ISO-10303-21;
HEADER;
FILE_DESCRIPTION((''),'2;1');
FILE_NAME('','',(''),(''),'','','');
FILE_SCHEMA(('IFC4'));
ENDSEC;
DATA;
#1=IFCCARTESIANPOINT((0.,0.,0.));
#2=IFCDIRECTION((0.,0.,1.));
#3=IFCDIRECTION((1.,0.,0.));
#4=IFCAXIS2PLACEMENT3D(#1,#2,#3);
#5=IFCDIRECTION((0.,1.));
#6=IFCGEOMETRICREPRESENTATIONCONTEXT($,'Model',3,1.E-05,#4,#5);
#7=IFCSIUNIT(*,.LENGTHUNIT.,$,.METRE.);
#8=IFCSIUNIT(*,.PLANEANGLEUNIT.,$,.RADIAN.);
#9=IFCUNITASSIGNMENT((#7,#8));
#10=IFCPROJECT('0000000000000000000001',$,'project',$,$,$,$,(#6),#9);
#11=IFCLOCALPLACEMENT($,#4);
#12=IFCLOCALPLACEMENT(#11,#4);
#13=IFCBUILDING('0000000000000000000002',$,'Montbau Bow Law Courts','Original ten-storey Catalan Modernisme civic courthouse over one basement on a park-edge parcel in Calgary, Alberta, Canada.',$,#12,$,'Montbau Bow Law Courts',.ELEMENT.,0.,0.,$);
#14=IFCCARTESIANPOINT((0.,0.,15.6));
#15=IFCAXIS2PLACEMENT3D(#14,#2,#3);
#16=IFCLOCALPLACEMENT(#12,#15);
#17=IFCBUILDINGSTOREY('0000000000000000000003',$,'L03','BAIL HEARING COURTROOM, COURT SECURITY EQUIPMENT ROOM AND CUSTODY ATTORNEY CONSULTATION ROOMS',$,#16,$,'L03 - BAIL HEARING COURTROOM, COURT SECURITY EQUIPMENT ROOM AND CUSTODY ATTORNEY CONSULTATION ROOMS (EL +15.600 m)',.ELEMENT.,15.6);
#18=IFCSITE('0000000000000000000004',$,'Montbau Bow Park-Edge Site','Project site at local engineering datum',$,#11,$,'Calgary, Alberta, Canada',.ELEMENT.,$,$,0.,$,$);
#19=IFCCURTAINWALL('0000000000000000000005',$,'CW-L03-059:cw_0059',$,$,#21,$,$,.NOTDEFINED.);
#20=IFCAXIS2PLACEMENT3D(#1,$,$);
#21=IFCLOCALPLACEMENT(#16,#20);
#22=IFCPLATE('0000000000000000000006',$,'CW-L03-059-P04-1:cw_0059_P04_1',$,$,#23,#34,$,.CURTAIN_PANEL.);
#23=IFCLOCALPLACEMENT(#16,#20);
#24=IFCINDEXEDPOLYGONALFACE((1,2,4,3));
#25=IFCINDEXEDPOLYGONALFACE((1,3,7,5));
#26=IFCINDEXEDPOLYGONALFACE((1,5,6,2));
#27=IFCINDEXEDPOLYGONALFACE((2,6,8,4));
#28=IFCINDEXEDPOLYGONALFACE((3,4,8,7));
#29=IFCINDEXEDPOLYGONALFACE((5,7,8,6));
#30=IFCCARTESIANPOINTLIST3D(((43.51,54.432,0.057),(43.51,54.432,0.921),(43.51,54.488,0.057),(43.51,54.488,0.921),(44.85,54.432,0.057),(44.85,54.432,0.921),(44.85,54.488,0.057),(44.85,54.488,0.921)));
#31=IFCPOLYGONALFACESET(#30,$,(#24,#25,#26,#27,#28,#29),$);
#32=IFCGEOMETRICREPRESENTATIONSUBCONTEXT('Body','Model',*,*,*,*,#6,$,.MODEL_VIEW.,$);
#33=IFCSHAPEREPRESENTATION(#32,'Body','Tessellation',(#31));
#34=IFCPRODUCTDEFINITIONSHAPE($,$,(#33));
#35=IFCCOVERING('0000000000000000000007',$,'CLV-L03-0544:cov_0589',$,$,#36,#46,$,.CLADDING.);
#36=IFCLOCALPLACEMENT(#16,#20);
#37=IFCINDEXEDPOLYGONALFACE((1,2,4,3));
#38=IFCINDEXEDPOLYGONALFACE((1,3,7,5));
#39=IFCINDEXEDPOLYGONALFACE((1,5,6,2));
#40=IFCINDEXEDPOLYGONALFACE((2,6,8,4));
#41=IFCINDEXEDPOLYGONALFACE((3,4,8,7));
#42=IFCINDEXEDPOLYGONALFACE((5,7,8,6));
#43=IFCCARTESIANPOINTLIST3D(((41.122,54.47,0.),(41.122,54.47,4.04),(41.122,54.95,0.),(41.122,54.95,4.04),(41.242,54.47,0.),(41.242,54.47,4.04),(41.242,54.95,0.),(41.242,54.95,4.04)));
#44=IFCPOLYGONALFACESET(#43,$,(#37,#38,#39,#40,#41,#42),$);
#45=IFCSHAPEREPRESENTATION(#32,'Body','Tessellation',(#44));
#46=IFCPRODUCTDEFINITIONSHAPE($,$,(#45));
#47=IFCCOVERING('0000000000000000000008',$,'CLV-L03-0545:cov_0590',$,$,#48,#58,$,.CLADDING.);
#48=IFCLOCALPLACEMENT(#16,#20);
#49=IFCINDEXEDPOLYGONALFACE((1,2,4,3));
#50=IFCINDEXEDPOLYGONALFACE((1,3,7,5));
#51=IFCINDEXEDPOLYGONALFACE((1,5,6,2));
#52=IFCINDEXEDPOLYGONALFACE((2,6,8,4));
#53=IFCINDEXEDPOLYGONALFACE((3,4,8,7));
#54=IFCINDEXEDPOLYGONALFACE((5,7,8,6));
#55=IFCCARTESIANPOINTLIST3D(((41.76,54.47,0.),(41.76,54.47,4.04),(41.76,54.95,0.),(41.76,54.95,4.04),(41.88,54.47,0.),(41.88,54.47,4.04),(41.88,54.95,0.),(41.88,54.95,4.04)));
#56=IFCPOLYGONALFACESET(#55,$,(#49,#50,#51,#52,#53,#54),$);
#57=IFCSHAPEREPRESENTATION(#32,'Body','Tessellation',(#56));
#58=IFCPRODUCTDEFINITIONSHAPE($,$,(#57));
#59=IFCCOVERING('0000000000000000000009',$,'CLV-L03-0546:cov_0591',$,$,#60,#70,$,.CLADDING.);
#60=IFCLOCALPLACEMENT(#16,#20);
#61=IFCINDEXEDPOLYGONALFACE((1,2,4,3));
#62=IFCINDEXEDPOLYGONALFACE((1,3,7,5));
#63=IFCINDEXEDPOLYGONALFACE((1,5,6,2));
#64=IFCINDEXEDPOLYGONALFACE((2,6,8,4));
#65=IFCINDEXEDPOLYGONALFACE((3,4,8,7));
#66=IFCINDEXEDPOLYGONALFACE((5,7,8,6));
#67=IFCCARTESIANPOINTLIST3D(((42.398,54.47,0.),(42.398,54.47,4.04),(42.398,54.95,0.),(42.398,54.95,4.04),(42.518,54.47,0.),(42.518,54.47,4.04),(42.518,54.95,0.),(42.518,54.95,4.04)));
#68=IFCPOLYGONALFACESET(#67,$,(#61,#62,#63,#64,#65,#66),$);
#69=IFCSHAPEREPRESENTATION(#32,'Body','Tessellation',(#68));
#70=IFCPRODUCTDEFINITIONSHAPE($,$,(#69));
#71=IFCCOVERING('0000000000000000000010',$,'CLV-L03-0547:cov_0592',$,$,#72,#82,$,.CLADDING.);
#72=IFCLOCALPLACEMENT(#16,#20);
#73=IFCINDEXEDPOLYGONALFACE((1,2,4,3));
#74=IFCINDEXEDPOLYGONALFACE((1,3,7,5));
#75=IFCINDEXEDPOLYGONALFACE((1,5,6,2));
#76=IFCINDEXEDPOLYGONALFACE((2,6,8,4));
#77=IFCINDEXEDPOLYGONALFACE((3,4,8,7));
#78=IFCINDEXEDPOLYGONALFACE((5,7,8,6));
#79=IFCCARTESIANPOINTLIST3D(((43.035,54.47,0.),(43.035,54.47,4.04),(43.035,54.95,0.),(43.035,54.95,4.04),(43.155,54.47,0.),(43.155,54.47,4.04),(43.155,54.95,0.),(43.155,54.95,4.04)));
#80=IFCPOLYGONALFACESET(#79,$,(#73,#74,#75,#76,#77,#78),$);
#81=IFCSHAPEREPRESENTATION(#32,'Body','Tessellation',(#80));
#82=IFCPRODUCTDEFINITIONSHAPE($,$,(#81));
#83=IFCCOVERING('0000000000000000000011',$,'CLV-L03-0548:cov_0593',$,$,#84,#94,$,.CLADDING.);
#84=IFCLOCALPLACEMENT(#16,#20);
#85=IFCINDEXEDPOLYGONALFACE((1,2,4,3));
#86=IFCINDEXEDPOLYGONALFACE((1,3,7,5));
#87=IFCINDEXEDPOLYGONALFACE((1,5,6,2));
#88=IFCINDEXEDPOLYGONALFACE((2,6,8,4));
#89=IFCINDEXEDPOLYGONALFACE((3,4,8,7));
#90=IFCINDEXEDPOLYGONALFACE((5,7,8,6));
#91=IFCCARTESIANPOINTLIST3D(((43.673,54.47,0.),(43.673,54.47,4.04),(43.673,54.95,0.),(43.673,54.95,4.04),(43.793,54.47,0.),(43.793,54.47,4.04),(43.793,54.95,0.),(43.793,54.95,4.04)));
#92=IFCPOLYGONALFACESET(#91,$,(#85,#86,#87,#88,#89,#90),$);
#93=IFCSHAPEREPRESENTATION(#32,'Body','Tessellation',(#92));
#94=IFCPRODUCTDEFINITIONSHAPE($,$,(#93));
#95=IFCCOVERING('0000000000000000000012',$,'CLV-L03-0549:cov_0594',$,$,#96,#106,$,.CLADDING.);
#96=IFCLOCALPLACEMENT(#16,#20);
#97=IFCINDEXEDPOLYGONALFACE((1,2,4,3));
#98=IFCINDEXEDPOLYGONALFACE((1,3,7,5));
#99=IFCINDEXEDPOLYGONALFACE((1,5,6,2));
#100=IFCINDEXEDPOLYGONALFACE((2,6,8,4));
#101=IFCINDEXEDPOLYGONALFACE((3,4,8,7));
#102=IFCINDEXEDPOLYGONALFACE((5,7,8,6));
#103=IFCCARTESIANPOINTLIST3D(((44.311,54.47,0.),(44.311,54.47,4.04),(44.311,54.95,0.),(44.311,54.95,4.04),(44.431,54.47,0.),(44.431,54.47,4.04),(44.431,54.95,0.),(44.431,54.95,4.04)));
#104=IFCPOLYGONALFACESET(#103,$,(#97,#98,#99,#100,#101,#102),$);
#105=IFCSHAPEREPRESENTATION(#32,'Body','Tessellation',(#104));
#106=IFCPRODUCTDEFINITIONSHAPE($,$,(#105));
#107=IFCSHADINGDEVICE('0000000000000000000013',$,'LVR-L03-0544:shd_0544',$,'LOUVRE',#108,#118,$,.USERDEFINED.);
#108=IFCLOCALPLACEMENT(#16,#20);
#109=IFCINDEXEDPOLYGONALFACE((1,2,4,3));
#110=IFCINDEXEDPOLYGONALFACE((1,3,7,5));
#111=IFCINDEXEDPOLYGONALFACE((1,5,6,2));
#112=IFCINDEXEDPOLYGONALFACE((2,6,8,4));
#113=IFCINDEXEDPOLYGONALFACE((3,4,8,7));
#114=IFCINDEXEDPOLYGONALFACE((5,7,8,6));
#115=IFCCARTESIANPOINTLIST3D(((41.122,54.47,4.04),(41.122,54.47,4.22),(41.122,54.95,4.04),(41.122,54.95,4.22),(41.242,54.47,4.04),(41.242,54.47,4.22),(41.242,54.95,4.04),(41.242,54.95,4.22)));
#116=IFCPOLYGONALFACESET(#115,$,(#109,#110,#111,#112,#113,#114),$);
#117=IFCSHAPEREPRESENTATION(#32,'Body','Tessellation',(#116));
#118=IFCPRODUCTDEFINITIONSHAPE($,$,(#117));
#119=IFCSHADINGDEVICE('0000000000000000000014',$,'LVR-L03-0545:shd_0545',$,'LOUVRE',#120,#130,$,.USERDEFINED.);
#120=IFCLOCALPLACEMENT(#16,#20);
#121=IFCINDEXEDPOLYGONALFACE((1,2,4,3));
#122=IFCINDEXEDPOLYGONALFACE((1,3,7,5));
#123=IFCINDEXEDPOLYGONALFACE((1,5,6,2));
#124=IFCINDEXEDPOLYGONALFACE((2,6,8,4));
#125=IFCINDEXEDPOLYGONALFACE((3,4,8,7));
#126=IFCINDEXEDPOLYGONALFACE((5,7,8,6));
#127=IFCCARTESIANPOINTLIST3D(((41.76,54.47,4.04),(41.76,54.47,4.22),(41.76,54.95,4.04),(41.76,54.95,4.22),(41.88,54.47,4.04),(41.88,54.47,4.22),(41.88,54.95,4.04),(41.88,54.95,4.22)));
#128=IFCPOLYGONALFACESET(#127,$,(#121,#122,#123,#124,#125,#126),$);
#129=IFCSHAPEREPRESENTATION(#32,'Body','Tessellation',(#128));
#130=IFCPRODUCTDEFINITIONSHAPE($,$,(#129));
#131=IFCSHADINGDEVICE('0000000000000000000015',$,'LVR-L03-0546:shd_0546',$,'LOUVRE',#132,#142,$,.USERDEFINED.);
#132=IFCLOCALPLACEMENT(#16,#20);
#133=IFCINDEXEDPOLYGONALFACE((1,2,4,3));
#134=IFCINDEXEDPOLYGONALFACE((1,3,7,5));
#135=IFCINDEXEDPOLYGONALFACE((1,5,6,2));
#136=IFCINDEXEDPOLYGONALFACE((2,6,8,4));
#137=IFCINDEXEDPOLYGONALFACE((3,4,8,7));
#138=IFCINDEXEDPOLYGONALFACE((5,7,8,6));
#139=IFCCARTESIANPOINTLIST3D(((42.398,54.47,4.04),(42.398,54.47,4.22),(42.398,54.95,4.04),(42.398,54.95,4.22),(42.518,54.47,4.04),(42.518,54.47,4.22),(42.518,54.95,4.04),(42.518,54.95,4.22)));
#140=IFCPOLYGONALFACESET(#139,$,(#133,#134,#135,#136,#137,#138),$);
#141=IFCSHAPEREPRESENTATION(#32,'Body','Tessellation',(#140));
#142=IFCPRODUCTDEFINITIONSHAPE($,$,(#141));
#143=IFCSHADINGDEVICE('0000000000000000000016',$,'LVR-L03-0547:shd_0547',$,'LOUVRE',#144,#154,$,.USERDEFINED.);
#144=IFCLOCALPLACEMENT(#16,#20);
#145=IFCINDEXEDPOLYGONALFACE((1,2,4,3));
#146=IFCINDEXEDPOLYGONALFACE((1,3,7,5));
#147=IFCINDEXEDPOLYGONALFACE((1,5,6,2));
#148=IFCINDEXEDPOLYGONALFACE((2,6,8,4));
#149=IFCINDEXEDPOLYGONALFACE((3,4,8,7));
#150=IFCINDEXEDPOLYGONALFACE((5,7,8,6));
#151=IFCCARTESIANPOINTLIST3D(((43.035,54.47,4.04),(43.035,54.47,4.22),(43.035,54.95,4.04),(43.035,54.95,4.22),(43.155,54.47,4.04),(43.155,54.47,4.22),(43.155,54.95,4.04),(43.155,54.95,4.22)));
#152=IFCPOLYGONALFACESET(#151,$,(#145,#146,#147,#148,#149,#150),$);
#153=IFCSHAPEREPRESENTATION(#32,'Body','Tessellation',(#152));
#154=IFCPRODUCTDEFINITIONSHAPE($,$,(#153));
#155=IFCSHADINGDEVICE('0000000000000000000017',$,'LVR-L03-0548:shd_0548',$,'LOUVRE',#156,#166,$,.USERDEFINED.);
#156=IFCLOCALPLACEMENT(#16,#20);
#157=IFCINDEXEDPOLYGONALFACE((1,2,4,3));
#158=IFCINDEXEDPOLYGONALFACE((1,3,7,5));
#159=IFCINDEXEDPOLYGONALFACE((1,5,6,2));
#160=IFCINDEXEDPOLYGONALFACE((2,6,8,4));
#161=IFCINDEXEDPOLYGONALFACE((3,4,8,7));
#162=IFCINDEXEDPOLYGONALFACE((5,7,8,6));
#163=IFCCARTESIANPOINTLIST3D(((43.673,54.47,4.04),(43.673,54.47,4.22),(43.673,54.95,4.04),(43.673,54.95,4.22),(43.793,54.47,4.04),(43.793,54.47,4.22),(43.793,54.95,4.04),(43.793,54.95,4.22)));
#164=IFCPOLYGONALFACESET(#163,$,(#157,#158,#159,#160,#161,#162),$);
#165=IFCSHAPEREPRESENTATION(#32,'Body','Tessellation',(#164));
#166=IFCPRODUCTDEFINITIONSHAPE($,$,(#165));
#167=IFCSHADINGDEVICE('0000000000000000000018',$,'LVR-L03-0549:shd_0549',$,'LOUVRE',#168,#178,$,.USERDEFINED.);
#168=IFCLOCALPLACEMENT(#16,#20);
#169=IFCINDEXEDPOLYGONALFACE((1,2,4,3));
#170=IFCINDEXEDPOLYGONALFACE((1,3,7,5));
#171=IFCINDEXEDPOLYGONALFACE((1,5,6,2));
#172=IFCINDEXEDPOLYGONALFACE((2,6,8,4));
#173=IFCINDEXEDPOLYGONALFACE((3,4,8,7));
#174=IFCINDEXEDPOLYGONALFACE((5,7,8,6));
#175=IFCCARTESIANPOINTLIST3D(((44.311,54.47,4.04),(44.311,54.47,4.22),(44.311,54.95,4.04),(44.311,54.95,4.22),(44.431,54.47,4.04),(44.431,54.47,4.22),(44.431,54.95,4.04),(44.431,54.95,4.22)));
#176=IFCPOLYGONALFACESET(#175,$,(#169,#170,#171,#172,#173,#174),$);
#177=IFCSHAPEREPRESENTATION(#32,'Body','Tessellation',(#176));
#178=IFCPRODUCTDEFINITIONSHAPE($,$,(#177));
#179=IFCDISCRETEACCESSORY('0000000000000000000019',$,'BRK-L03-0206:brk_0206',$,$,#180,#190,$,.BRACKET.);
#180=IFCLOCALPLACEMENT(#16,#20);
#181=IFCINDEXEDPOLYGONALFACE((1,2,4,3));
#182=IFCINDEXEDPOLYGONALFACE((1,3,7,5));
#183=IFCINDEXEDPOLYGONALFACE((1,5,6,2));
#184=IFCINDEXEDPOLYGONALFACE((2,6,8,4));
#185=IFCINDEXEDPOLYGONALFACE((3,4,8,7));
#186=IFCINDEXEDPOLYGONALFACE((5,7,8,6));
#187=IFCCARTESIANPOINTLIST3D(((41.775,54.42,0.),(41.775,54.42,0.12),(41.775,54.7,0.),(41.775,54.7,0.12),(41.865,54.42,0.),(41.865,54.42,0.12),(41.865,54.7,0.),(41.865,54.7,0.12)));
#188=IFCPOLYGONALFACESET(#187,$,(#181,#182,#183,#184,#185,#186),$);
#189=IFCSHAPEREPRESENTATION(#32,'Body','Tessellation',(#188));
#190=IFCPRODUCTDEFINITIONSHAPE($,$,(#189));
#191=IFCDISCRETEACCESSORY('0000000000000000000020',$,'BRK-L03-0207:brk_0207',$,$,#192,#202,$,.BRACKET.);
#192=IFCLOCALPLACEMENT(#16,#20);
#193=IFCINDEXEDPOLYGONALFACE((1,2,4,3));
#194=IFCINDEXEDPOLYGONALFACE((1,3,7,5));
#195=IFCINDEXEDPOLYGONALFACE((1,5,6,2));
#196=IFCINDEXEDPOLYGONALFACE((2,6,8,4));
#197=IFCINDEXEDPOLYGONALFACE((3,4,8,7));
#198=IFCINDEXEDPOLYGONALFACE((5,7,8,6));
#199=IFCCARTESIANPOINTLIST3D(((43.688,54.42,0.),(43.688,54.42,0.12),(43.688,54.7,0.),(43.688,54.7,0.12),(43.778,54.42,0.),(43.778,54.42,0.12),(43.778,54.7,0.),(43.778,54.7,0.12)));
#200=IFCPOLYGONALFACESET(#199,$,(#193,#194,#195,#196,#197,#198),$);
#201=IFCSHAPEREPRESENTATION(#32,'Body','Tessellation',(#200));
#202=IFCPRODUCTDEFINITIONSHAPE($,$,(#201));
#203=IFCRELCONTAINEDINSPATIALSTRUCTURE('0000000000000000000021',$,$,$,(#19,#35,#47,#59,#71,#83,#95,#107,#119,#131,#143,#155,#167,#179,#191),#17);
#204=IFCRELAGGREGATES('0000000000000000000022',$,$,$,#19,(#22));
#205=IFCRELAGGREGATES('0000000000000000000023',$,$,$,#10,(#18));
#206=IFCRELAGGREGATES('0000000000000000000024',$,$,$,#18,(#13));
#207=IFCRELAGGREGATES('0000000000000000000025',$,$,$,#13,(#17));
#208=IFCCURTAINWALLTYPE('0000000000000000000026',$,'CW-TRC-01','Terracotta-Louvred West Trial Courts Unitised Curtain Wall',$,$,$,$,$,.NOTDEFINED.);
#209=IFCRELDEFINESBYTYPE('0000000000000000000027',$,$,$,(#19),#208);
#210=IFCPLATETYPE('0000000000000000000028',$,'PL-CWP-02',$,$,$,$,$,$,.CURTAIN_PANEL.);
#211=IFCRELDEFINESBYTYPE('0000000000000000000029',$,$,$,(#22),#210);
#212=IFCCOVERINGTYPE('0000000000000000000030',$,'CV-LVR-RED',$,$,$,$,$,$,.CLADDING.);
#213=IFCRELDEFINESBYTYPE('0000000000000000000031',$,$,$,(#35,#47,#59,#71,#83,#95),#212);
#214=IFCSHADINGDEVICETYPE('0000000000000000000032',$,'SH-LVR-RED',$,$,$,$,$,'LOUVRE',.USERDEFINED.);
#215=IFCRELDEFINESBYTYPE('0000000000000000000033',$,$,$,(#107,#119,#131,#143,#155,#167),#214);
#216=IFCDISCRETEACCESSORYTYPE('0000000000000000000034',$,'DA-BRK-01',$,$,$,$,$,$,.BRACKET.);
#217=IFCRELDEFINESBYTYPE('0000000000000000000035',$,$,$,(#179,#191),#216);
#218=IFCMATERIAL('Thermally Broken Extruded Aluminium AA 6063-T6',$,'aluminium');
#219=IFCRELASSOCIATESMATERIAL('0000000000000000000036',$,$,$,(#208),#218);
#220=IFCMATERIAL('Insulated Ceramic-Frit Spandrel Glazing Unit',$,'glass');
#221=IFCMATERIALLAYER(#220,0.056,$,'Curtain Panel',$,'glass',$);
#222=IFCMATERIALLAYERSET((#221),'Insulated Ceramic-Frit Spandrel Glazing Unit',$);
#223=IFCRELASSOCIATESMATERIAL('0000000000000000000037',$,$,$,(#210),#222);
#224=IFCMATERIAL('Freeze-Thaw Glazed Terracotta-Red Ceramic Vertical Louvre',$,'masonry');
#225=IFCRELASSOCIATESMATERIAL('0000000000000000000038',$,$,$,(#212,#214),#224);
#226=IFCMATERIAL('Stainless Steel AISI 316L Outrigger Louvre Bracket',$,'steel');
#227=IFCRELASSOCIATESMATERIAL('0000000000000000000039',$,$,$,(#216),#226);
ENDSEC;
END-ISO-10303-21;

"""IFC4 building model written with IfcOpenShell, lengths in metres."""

from ifc_helpers import new_model, si_unit, direction, frame, frame_2d, origin_with_axes, origin_2d_with_axis, place, context, subcontext, project, spatial, rectangle, extrude, material, layer, layer_set, type_object, element, aggregate, save


model = new_model("IFC4")

# Units and contexts
model_context = context("Model", 3, precision=1e-05, world=origin_with_axes(), true_north=direction((0.0, 1.0)))
body_context = subcontext(model_context, "Body", "Model", "MODEL_VIEW")
ifc_project = project(units=[si_unit("LENGTHUNIT", "METRE"), si_unit("PLANEANGLEUNIT", "RADIAN")], contexts=[model_context])

# Site, building, storey
site_placement = place(None, origin_with_axes())
site = spatial("IfcSite", under=ifc_project, at=site_placement, Name="Montbau Bow Park-Edge Site", Description="Project site at local engineering datum", LongName="Calgary, Alberta, Canada", CompositionType="ELEMENT", RefElevation=0.0)
building_placement = place(site_placement, origin_with_axes())
building = spatial("IfcBuilding", under=site, at=building_placement, Name="Montbau Bow Law Courts", Description="Original ten-storey Catalan Modernisme civic courthouse over one basement on a park-edge parcel in Calgary, Alberta, Canada.", LongName="Montbau Bow Law Courts", CompositionType="ELEMENT", ElevationOfRefHeight=0.0, ElevationOfTerrain=0.0)
storey_placement = place(building_placement, frame((0.0, 0.0, 15.6), z_axis=(0.0, 0.0, 1.0), x_axis=(1.0, 0.0, 0.0)))
storey = spatial("IfcBuildingStorey", under=building, at=storey_placement, Name="L03", Description="BAIL HEARING COURTROOM, COURT SECURITY EQUIPMENT ROOM AND CUSTODY ATTORNEY CONSULTATION ROOMS", LongName="L03 - BAIL HEARING COURTROOM, COURT SECURITY EQUIPMENT ROOM AND CUSTODY ATTORNEY CONSULTATION ROOMS (EL +15.600 m)", CompositionType="ELEMENT", Elevation=15.6)

# Curtain wall, plate
ifc_material_1 = material(Name="Thermally Broken Extruded Aluminium AA 6063-T6", Category="aluminium")
curtain_wall_type = type_object("IfcCurtainWallType", Name="CW-TRC-01", Description="Terracotta-Louvred West Trial Courts Unitised Curtain Wall", PredefinedType="NOTDEFINED", material=ifc_material_1)
curtain_wall_placement = place(None, frame((39.268, 54.46, 15.6), z_axis=(0.0, 0.0, 1.0), x_axis=(1.0, 0.0, 0.0)))
curtain_wall = element("IfcCurtainWall", 1, at=curtain_wall_placement, inside=storey, type_object=curtain_wall_type, Name="CW-L03-059:cw_0059", PredefinedType="NOTDEFINED")
ifc_material_2 = material(Name="Insulated Ceramic-Frit Spandrel Glazing Unit", Category="glass")
ifc_layer_1 = layer(ifc_material_2, 0.056, Name="Curtain Panel", Category="glass")
ifc_layer_set_1 = layer_set([ifc_layer_1], Name="Insulated Ceramic-Frit Spandrel Glazing Unit")
plate_type_1 = type_object("IfcPlateType", Name="PL-CWP-02", PredefinedType="CURTAIN_PANEL", material=ifc_layer_set_1)
plate_1_placement = place(None, frame((43.51, 54.46, 15.657), z_axis=(0.0, -1.0, 0.0), x_axis=(1.0, 0.0, 0.0)))
plate_1 = element("IfcPlate", 2, at=plate_1_placement, type_object=plate_type_1, Name="CW-L03-059-P04-1:cw_0059_P04_1", PredefinedType="CURTAIN_PANEL", context=body_context, shape_type="SweptSolid", body=[
    extrude(rectangle(XDim=1.34, YDim=0.864, at=frame_2d((0.67, 0.432), x_axis=(1.0, 0.0))), frame((0.0, 0.0, -0.028), z_axis=(0.0, 0.0, 1.0), x_axis=(1.0, 0.0, 0.0)), (0.0, 0.0, 1.0), 0.056),
])
aggregate(curtain_wall, [plate_1])

# Coverings
ifc_material_3 = material(Name="Freeze-Thaw Glazed Terracotta-Red Ceramic Vertical Louvre", Category="masonry")
covering_type = type_object("IfcCoveringType", Name="CV-LVR-RED", PredefinedType="CLADDING", material=ifc_material_3)
for number, where, z_axis, x_axis, name in (
    (3, (41.182, 54.47, 15.6), (1.0, 0.0, 0.0), (0.0, 1.0, 0.0), "CLV-L03-0544:cov_0589"),
    (4, (41.82, 54.47, 15.6), (1.0, 0.0, 0.0), (0.0, 1.0, 0.0), "CLV-L03-0545:cov_0590"),
    (5, (42.458, 54.47, 15.6), (1.0, 0.0, 0.0), (0.0, 1.0, 0.0), "CLV-L03-0546:cov_0591"),
    (6, (43.095, 54.47, 15.6), (1.0, 0.0, 0.0), (0.0, 1.0, 0.0), "CLV-L03-0547:cov_0592"),
    (7, (43.733, 54.47, 15.6), (1.0, 0.0, 0.0), (0.0, 1.0, 0.0), "CLV-L03-0548:cov_0593"),
    (8, (44.371, 54.47, 15.6), (1.0, 0.0, 0.0), (0.0, 1.0, 0.0), "CLV-L03-0549:cov_0594"),
):
    element("IfcCovering", number, at=place(None, frame(where, z_axis=z_axis, x_axis=x_axis)), inside=storey, type_object=covering_type, Name=name, PredefinedType="CLADDING", context=body_context, shape_type="SweptSolid", body=[
        extrude(rectangle(XDim=0.48, YDim=4.04, at=frame_2d((0.24, 2.02), x_axis=(1.0, 0.0))), frame((0.0, 0.0, -0.06), z_axis=(0.0, 0.0, 1.0), x_axis=(1.0, 0.0, 0.0)), (0.0, 0.0, 1.0), 0.12),
    ])

# Shading devices
shading_device_type = type_object("IfcShadingDeviceType", Name="SH-LVR-RED", ElementType="LOUVRE", PredefinedType="USERDEFINED", material=ifc_material_3)
for number, where, z_axis, x_axis, name in (
    (9, (41.182, 54.71, 19.64), (0.0, 0.0, 1.0), (0.0, 1.0, 0.0), "LVR-L03-0544:shd_0544"),
    (10, (41.82, 54.71, 19.64), (0.0, 0.0, 1.0), (0.0, 1.0, 0.0), "LVR-L03-0545:shd_0545"),
    (11, (42.458, 54.71, 19.64), (0.0, 0.0, 1.0), (0.0, 1.0, 0.0), "LVR-L03-0546:shd_0546"),
    (12, (43.095, 54.71, 19.64), (0.0, 0.0, 1.0), (0.0, 1.0, 0.0), "LVR-L03-0547:shd_0547"),
    (13, (43.733, 54.71, 19.64), (0.0, 0.0, 1.0), (0.0, 1.0, 0.0), "LVR-L03-0548:shd_0548"),
    (14, (44.371, 54.71, 19.64), (0.0, 0.0, 1.0), (0.0, 1.0, 0.0), "LVR-L03-0549:shd_0549"),
):
    element("IfcShadingDevice", number, at=place(None, frame(where, z_axis=z_axis, x_axis=x_axis)), inside=storey, type_object=shading_device_type, Name=name, ObjectType="LOUVRE", PredefinedType="USERDEFINED", context=body_context, shape_type="SweptSolid", body=[
        extrude(rectangle(XDim=0.48, YDim=0.12, at=origin_2d_with_axis()), origin_with_axes(), (0.0, 0.0, 1.0), 0.18),
    ])

# Discrete accessories
ifc_material_4 = material(Name="Stainless Steel AISI 316L Outrigger Louvre Bracket", Category="steel")
discrete_accessory_type = type_object("IfcDiscreteAccessoryType", Name="DA-BRK-01", PredefinedType="BRACKET", material=ifc_material_4)
for number, where, z_axis, x_axis, name in (
    (15, (41.82, 54.56, 15.6), (0.0, 0.0, 1.0), (0.0, 1.0, 0.0), "BRK-L03-0206:brk_0206"),
    (16, (43.733, 54.56, 15.6), (0.0, 0.0, 1.0), (0.0, 1.0, 0.0), "BRK-L03-0207:brk_0207"),
):
    element("IfcDiscreteAccessory", number, at=place(None, frame(where, z_axis=z_axis, x_axis=x_axis)), inside=storey, type_object=discrete_accessory_type, Name=name, PredefinedType="BRACKET", context=body_context, shape_type="SweptSolid", body=[
        extrude(rectangle(XDim=0.28, YDim=0.09, at=origin_2d_with_axis()), origin_with_axes(), (0.0, 0.0, 1.0), 0.12),
    ])

save(model, "model.ifc")
